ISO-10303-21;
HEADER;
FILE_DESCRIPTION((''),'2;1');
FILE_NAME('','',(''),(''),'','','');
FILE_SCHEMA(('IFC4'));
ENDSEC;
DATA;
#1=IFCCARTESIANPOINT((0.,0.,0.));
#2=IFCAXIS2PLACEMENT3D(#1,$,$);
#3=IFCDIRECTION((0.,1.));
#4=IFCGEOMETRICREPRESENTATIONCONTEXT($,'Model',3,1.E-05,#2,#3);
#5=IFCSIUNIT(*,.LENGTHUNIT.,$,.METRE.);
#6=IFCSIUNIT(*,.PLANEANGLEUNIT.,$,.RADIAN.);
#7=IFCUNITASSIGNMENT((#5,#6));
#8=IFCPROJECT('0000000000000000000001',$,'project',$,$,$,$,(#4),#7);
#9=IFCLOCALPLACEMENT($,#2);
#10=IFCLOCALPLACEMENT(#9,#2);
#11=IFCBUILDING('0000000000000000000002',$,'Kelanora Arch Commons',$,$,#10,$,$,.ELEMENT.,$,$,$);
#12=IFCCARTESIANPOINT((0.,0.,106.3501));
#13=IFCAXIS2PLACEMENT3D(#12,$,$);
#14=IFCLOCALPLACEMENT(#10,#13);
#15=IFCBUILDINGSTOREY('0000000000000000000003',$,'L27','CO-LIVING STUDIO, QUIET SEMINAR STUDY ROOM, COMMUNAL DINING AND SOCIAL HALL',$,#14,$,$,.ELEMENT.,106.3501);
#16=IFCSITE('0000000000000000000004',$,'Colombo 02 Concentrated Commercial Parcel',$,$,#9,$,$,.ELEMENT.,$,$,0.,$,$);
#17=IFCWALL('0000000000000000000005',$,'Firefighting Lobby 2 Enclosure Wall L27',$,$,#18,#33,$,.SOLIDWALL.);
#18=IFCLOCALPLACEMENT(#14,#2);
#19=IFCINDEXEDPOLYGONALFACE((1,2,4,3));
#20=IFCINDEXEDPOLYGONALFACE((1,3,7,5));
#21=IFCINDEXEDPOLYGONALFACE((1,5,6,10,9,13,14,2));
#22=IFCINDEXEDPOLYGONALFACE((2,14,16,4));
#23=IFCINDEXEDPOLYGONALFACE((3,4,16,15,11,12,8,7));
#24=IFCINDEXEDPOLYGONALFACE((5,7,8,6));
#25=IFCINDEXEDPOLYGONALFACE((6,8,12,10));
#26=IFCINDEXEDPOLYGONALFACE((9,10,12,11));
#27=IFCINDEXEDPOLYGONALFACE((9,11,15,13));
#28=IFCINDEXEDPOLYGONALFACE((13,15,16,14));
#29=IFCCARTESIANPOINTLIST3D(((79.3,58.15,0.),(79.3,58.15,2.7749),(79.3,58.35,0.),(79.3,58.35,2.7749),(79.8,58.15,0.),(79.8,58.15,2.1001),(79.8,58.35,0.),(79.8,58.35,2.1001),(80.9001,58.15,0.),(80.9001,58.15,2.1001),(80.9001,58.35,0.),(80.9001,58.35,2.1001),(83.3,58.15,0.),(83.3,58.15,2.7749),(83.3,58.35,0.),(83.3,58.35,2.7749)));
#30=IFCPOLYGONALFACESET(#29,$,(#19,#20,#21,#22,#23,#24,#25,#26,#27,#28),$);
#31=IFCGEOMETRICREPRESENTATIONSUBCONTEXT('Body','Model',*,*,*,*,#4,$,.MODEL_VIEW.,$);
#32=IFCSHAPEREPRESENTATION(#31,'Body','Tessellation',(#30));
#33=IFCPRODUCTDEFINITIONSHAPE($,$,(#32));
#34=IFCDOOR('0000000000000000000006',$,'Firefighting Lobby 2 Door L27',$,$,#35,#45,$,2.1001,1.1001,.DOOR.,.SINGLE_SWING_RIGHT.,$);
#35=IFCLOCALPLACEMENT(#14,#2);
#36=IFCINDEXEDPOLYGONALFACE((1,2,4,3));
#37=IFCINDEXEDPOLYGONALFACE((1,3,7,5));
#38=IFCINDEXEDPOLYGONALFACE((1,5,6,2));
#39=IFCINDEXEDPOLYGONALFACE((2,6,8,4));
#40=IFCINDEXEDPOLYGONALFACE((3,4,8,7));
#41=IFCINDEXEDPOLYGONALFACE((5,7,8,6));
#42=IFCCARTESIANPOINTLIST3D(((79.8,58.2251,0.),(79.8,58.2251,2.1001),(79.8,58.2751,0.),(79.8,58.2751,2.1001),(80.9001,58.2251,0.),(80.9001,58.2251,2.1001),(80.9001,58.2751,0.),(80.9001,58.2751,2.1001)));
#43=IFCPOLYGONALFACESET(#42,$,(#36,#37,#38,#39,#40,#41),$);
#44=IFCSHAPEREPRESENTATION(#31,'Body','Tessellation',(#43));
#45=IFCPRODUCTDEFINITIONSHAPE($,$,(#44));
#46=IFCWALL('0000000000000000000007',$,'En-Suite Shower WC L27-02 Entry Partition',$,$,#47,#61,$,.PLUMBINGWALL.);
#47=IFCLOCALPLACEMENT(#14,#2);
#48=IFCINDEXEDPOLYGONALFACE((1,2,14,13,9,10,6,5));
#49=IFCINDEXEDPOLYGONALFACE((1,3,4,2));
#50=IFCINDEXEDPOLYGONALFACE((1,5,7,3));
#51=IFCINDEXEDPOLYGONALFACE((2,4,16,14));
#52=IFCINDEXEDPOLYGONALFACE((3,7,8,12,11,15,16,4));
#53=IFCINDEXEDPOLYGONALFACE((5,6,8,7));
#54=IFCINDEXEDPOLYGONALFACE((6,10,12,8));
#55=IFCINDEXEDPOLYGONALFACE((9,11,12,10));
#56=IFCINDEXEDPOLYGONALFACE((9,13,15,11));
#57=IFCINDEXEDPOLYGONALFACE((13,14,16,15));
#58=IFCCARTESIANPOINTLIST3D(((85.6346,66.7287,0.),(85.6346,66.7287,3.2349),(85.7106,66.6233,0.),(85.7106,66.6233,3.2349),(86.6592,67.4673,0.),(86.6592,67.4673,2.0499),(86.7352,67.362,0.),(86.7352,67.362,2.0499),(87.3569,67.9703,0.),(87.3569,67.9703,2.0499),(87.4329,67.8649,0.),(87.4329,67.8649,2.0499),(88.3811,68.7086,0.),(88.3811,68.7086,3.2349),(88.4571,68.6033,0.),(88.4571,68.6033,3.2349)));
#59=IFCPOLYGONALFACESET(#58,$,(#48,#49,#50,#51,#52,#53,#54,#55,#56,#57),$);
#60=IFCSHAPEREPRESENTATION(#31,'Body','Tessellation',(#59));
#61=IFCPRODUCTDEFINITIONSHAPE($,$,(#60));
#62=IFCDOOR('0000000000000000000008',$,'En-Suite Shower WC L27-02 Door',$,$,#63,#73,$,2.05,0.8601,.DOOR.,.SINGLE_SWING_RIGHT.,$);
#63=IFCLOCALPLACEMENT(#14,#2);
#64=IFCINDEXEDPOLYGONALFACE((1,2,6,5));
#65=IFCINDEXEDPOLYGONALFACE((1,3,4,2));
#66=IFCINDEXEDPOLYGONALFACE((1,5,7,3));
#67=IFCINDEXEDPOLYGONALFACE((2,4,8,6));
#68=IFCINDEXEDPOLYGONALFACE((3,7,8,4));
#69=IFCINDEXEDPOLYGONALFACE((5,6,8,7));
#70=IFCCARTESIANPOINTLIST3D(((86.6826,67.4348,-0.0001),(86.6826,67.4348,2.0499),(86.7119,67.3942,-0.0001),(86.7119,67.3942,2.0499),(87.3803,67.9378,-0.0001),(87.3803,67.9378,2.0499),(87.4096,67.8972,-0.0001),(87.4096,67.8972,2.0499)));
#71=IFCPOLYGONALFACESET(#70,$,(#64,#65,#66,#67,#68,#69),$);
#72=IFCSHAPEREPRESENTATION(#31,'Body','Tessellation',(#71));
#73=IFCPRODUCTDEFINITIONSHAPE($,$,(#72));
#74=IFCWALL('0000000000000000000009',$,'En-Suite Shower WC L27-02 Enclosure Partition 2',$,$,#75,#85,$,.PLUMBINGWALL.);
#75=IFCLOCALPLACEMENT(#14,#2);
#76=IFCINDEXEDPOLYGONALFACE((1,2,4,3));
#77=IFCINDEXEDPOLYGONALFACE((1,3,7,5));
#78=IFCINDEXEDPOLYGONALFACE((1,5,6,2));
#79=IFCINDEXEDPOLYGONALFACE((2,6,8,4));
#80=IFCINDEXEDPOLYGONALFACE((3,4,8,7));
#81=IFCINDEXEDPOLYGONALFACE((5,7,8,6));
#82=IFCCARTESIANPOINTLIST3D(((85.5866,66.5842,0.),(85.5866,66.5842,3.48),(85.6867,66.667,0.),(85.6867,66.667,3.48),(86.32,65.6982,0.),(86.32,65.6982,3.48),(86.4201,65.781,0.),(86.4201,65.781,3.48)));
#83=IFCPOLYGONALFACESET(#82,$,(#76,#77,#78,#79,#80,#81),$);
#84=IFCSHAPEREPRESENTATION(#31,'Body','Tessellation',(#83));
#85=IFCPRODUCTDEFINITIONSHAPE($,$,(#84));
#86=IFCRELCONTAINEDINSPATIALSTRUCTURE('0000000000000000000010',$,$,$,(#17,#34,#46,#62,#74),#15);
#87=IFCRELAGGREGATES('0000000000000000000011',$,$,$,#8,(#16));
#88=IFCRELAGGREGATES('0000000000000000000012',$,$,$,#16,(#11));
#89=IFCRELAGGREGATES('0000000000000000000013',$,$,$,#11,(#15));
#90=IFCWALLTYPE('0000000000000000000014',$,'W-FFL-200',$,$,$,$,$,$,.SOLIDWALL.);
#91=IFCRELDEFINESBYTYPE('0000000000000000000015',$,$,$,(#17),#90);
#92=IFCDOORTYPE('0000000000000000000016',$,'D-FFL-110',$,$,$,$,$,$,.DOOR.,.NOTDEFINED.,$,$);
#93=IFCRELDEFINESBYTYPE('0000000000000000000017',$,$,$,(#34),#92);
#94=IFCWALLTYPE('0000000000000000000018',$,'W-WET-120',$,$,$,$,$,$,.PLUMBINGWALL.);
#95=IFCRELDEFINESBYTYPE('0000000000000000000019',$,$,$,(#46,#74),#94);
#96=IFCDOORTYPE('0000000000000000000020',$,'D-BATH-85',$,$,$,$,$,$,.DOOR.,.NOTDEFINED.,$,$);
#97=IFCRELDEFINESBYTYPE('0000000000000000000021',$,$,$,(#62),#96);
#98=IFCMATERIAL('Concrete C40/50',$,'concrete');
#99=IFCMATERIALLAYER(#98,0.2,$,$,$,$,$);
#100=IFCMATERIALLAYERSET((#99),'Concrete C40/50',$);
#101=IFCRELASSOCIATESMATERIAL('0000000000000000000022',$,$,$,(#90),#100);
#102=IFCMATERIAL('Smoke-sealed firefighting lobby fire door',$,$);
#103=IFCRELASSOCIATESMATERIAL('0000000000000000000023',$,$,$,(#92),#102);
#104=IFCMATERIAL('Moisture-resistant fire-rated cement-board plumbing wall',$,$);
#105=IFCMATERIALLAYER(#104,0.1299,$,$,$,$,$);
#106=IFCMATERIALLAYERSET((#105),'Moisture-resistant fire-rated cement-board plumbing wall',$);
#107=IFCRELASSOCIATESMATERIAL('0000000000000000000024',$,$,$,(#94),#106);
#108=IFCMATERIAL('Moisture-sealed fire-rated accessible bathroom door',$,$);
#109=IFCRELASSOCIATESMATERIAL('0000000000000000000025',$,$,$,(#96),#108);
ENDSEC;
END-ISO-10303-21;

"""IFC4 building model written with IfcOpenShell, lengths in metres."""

from ifc_helpers import new_model, si_unit, direction, frame, frame_2d, origin, place, context, subcontext, project, spatial, rectangle, extrude, material, layer, layer_set, type_object, element, fill, save


model = new_model("IFC4")

# Units and contexts
model_context = context("Model", 3, precision=1e-05, world=origin(), true_north=direction((0.0, 1.0)))
body_context = subcontext(model_context, "Body", "Model", "MODEL_VIEW")
ifc_project = project(units=[si_unit("LENGTHUNIT", "METRE"), si_unit("PLANEANGLEUNIT", "RADIAN")], contexts=[model_context])

# Site, building, storey
site_placement = place(None, origin())
site = spatial("IfcSite", under=ifc_project, at=site_placement, Name="Colombo 02 Concentrated Commercial Parcel", CompositionType="ELEMENT", RefElevation=0.0)
building_placement = place(site_placement, origin())
building = spatial("IfcBuilding", under=site, at=building_placement, Name="Kelanora Arch Commons", CompositionType="ELEMENT")
storey_placement = place(building_placement, frame((0.0, 0.0, 106.3501)))
storey = spatial("IfcBuildingStorey", under=building, at=storey_placement, Name="L27", Description="CO-LIVING STUDIO, QUIET SEMINAR STUDY ROOM, COMMUNAL DINING AND SOCIAL HALL", CompositionType="ELEMENT", Elevation=106.3501)

# Walls, openings, doors
ifc_material_1 = material(Name="Concrete C40/50", Category="concrete")
ifc_layer_1 = layer(ifc_material_1, 0.2)
ifc_layer_set_1 = layer_set([ifc_layer_1], Name="Concrete C40/50")
wall_type_1 = type_object("IfcWallType", Name="W-FFL-200", PredefinedType="SOLIDWALL", material=ifc_layer_set_1)
wall_1_placement = place(storey_placement, frame((79.3, 58.25, 0.0), z_axis=(0.0, 0.0, 1.0), x_axis=(1.0, 0.0, 0.0)))
wall_1 = element("IfcWall", 1, at=wall_1_placement, inside=storey, type_object=wall_type_1, Name="Firefighting Lobby 2 Enclosure Wall L27", PredefinedType="SOLIDWALL", context=body_context, shape_type="SweptSolid", body=[
    extrude(rectangle(XDim=4.0, YDim=0.2, at=frame_2d((2.0, 0.0))), origin(), (0.0, 0.0, 1.0), 2.7749),
])
opening_1_placement = place(wall_1_placement, frame((0.5, 0.0, 0.0)))
opening_1 = element("IfcOpeningElement", 2, at=opening_1_placement, cuts=wall_1, PredefinedType="OPENING", context=body_context, shape_type="SweptSolid", body=[
    extrude(rectangle(XDim=1.1001, YDim=2.1001, at=frame_2d((0.55, 1.05))), frame((0.0, 0.1099, 0.0), z_axis=(0.0, -1.0, 0.0), x_axis=(1.0, 0.0, 0.0)), (0.0, 0.0, 1.0), 0.22),
])
ifc_material_2 = material(Name="Smoke-sealed firefighting lobby fire door")
door_type_1 = type_object("IfcDoorType", Name="D-FFL-110", OperationType="NOTDEFINED", PredefinedType="DOOR", material=ifc_material_2)
door_1_placement = place(opening_1_placement, frame((1.1001, 0.0, 0.0), z_axis=(0.0, 0.0, 1.0), x_axis=(-1.0, 0.0, 0.0)))
door_1 = element("IfcDoor", 3, at=door_1_placement, inside=storey, type_object=door_type_1, Name="Firefighting Lobby 2 Door L27", OperationType="SINGLE_SWING_RIGHT", OverallHeight=2.1001, OverallWidth=1.1001, PredefinedType="DOOR", context=body_context, shape_type="SweptSolid", body=[
    extrude(rectangle(XDim=1.1001, YDim=2.1001, at=frame_2d((0.55, 1.05))), frame((0.0, 0.0249, 0.0), z_axis=(0.0, -1.0, 0.0), x_axis=(1.0, 0.0, 0.0)), (0.0, 0.0, 1.0), 0.05),
])
fill(opening_1, door_1)
ifc_material_3 = material(Name="Moisture-resistant fire-rated cement-board plumbing wall")
ifc_layer_2 = layer(ifc_material_3, 0.1299)
ifc_layer_set_2 = layer_set([ifc_layer_2], Name="Moisture-resistant fire-rated cement-board plumbing wall")
wall_type_2 = type_object("IfcWallType", Name="W-WET-120", PredefinedType="PLUMBINGWALL", material=ifc_layer_set_2)
wall_2_placement = place(storey_placement, frame((85.6726, 66.676, 0.0), z_axis=(0.0, 0.0, 1.0), x_axis=(0.811192, 0.58478, 0.0)))
wall_2 = element("IfcWall", 4, at=wall_2_placement, inside=storey, type_object=wall_type_2, Name="En-Suite Shower WC L27-02 Entry Partition", PredefinedType="PLUMBINGWALL", context=body_context, shape_type="SweptSolid", body=[
    extrude(rectangle(XDim=3.3857, YDim=0.1299, at=frame_2d((1.6929, 0.0))), origin(), (0.0, 0.0, 1.0), 3.2349),
])
opening_2_placement = place(wall_2_placement, frame((1.2629, 0.0, 0.0)))
opening_2 = element("IfcOpeningElement", 5, at=opening_2_placement, cuts=wall_2, PredefinedType="OPENING", context=body_context, shape_type="SweptSolid", body=[
    extrude(rectangle(XDim=0.8601, YDim=2.05, at=frame_2d((0.4302, 1.0249))), frame((0.0, 0.075, 0.0), z_axis=(0.0, -1.0, 0.0), x_axis=(1.0, 0.0, 0.0)), (0.0, 0.0, 1.0), 0.1499),
])
ifc_material_4 = material(Name="Moisture-sealed fire-rated accessible bathroom door")
door_type_2 = type_object("IfcDoorType", Name="D-BATH-85", OperationType="NOTDEFINED", PredefinedType="DOOR", material=ifc_material_4)
door_2_placement = place(opening_2_placement, origin())
door_2 = element("IfcDoor", 6, at=door_2_placement, inside=storey, type_object=door_type_2, Name="En-Suite Shower WC L27-02 Door", OperationType="SINGLE_SWING_RIGHT", OverallHeight=2.05, OverallWidth=0.8601, PredefinedType="DOOR", context=body_context, shape_type="SweptSolid", body=[
    extrude(rectangle(XDim=0.8601, YDim=2.05, at=frame_2d((0.4302, 1.0249))), frame((0.0, 0.0249, 0.0), z_axis=(0.0, -1.0, 0.0), x_axis=(1.0, 0.0, 0.0)), (0.0, 0.0, 1.0), 0.05),
])
fill(opening_2, door_2)

# Wall
wall_3_placement = place(storey_placement, frame((86.3701, 65.7395, 0.0), z_axis=(0.0, 0.0, 1.0), x_axis=(-0.637655, 0.770322, 0.0)))
element("IfcWall", 7, at=wall_3_placement, inside=storey, type_object=wall_type_2, Name="En-Suite Shower WC L27-02 Enclosure Partition 2", PredefinedType="PLUMBINGWALL", context=body_context, shape_type="SweptSolid", body=[
    extrude(rectangle(XDim=1.1501, YDim=0.1299, at=frame_2d((0.5752, 0.0))), origin(), (0.0, 0.0, 1.0), 3.48),
])

save(model, "model.ifc")
